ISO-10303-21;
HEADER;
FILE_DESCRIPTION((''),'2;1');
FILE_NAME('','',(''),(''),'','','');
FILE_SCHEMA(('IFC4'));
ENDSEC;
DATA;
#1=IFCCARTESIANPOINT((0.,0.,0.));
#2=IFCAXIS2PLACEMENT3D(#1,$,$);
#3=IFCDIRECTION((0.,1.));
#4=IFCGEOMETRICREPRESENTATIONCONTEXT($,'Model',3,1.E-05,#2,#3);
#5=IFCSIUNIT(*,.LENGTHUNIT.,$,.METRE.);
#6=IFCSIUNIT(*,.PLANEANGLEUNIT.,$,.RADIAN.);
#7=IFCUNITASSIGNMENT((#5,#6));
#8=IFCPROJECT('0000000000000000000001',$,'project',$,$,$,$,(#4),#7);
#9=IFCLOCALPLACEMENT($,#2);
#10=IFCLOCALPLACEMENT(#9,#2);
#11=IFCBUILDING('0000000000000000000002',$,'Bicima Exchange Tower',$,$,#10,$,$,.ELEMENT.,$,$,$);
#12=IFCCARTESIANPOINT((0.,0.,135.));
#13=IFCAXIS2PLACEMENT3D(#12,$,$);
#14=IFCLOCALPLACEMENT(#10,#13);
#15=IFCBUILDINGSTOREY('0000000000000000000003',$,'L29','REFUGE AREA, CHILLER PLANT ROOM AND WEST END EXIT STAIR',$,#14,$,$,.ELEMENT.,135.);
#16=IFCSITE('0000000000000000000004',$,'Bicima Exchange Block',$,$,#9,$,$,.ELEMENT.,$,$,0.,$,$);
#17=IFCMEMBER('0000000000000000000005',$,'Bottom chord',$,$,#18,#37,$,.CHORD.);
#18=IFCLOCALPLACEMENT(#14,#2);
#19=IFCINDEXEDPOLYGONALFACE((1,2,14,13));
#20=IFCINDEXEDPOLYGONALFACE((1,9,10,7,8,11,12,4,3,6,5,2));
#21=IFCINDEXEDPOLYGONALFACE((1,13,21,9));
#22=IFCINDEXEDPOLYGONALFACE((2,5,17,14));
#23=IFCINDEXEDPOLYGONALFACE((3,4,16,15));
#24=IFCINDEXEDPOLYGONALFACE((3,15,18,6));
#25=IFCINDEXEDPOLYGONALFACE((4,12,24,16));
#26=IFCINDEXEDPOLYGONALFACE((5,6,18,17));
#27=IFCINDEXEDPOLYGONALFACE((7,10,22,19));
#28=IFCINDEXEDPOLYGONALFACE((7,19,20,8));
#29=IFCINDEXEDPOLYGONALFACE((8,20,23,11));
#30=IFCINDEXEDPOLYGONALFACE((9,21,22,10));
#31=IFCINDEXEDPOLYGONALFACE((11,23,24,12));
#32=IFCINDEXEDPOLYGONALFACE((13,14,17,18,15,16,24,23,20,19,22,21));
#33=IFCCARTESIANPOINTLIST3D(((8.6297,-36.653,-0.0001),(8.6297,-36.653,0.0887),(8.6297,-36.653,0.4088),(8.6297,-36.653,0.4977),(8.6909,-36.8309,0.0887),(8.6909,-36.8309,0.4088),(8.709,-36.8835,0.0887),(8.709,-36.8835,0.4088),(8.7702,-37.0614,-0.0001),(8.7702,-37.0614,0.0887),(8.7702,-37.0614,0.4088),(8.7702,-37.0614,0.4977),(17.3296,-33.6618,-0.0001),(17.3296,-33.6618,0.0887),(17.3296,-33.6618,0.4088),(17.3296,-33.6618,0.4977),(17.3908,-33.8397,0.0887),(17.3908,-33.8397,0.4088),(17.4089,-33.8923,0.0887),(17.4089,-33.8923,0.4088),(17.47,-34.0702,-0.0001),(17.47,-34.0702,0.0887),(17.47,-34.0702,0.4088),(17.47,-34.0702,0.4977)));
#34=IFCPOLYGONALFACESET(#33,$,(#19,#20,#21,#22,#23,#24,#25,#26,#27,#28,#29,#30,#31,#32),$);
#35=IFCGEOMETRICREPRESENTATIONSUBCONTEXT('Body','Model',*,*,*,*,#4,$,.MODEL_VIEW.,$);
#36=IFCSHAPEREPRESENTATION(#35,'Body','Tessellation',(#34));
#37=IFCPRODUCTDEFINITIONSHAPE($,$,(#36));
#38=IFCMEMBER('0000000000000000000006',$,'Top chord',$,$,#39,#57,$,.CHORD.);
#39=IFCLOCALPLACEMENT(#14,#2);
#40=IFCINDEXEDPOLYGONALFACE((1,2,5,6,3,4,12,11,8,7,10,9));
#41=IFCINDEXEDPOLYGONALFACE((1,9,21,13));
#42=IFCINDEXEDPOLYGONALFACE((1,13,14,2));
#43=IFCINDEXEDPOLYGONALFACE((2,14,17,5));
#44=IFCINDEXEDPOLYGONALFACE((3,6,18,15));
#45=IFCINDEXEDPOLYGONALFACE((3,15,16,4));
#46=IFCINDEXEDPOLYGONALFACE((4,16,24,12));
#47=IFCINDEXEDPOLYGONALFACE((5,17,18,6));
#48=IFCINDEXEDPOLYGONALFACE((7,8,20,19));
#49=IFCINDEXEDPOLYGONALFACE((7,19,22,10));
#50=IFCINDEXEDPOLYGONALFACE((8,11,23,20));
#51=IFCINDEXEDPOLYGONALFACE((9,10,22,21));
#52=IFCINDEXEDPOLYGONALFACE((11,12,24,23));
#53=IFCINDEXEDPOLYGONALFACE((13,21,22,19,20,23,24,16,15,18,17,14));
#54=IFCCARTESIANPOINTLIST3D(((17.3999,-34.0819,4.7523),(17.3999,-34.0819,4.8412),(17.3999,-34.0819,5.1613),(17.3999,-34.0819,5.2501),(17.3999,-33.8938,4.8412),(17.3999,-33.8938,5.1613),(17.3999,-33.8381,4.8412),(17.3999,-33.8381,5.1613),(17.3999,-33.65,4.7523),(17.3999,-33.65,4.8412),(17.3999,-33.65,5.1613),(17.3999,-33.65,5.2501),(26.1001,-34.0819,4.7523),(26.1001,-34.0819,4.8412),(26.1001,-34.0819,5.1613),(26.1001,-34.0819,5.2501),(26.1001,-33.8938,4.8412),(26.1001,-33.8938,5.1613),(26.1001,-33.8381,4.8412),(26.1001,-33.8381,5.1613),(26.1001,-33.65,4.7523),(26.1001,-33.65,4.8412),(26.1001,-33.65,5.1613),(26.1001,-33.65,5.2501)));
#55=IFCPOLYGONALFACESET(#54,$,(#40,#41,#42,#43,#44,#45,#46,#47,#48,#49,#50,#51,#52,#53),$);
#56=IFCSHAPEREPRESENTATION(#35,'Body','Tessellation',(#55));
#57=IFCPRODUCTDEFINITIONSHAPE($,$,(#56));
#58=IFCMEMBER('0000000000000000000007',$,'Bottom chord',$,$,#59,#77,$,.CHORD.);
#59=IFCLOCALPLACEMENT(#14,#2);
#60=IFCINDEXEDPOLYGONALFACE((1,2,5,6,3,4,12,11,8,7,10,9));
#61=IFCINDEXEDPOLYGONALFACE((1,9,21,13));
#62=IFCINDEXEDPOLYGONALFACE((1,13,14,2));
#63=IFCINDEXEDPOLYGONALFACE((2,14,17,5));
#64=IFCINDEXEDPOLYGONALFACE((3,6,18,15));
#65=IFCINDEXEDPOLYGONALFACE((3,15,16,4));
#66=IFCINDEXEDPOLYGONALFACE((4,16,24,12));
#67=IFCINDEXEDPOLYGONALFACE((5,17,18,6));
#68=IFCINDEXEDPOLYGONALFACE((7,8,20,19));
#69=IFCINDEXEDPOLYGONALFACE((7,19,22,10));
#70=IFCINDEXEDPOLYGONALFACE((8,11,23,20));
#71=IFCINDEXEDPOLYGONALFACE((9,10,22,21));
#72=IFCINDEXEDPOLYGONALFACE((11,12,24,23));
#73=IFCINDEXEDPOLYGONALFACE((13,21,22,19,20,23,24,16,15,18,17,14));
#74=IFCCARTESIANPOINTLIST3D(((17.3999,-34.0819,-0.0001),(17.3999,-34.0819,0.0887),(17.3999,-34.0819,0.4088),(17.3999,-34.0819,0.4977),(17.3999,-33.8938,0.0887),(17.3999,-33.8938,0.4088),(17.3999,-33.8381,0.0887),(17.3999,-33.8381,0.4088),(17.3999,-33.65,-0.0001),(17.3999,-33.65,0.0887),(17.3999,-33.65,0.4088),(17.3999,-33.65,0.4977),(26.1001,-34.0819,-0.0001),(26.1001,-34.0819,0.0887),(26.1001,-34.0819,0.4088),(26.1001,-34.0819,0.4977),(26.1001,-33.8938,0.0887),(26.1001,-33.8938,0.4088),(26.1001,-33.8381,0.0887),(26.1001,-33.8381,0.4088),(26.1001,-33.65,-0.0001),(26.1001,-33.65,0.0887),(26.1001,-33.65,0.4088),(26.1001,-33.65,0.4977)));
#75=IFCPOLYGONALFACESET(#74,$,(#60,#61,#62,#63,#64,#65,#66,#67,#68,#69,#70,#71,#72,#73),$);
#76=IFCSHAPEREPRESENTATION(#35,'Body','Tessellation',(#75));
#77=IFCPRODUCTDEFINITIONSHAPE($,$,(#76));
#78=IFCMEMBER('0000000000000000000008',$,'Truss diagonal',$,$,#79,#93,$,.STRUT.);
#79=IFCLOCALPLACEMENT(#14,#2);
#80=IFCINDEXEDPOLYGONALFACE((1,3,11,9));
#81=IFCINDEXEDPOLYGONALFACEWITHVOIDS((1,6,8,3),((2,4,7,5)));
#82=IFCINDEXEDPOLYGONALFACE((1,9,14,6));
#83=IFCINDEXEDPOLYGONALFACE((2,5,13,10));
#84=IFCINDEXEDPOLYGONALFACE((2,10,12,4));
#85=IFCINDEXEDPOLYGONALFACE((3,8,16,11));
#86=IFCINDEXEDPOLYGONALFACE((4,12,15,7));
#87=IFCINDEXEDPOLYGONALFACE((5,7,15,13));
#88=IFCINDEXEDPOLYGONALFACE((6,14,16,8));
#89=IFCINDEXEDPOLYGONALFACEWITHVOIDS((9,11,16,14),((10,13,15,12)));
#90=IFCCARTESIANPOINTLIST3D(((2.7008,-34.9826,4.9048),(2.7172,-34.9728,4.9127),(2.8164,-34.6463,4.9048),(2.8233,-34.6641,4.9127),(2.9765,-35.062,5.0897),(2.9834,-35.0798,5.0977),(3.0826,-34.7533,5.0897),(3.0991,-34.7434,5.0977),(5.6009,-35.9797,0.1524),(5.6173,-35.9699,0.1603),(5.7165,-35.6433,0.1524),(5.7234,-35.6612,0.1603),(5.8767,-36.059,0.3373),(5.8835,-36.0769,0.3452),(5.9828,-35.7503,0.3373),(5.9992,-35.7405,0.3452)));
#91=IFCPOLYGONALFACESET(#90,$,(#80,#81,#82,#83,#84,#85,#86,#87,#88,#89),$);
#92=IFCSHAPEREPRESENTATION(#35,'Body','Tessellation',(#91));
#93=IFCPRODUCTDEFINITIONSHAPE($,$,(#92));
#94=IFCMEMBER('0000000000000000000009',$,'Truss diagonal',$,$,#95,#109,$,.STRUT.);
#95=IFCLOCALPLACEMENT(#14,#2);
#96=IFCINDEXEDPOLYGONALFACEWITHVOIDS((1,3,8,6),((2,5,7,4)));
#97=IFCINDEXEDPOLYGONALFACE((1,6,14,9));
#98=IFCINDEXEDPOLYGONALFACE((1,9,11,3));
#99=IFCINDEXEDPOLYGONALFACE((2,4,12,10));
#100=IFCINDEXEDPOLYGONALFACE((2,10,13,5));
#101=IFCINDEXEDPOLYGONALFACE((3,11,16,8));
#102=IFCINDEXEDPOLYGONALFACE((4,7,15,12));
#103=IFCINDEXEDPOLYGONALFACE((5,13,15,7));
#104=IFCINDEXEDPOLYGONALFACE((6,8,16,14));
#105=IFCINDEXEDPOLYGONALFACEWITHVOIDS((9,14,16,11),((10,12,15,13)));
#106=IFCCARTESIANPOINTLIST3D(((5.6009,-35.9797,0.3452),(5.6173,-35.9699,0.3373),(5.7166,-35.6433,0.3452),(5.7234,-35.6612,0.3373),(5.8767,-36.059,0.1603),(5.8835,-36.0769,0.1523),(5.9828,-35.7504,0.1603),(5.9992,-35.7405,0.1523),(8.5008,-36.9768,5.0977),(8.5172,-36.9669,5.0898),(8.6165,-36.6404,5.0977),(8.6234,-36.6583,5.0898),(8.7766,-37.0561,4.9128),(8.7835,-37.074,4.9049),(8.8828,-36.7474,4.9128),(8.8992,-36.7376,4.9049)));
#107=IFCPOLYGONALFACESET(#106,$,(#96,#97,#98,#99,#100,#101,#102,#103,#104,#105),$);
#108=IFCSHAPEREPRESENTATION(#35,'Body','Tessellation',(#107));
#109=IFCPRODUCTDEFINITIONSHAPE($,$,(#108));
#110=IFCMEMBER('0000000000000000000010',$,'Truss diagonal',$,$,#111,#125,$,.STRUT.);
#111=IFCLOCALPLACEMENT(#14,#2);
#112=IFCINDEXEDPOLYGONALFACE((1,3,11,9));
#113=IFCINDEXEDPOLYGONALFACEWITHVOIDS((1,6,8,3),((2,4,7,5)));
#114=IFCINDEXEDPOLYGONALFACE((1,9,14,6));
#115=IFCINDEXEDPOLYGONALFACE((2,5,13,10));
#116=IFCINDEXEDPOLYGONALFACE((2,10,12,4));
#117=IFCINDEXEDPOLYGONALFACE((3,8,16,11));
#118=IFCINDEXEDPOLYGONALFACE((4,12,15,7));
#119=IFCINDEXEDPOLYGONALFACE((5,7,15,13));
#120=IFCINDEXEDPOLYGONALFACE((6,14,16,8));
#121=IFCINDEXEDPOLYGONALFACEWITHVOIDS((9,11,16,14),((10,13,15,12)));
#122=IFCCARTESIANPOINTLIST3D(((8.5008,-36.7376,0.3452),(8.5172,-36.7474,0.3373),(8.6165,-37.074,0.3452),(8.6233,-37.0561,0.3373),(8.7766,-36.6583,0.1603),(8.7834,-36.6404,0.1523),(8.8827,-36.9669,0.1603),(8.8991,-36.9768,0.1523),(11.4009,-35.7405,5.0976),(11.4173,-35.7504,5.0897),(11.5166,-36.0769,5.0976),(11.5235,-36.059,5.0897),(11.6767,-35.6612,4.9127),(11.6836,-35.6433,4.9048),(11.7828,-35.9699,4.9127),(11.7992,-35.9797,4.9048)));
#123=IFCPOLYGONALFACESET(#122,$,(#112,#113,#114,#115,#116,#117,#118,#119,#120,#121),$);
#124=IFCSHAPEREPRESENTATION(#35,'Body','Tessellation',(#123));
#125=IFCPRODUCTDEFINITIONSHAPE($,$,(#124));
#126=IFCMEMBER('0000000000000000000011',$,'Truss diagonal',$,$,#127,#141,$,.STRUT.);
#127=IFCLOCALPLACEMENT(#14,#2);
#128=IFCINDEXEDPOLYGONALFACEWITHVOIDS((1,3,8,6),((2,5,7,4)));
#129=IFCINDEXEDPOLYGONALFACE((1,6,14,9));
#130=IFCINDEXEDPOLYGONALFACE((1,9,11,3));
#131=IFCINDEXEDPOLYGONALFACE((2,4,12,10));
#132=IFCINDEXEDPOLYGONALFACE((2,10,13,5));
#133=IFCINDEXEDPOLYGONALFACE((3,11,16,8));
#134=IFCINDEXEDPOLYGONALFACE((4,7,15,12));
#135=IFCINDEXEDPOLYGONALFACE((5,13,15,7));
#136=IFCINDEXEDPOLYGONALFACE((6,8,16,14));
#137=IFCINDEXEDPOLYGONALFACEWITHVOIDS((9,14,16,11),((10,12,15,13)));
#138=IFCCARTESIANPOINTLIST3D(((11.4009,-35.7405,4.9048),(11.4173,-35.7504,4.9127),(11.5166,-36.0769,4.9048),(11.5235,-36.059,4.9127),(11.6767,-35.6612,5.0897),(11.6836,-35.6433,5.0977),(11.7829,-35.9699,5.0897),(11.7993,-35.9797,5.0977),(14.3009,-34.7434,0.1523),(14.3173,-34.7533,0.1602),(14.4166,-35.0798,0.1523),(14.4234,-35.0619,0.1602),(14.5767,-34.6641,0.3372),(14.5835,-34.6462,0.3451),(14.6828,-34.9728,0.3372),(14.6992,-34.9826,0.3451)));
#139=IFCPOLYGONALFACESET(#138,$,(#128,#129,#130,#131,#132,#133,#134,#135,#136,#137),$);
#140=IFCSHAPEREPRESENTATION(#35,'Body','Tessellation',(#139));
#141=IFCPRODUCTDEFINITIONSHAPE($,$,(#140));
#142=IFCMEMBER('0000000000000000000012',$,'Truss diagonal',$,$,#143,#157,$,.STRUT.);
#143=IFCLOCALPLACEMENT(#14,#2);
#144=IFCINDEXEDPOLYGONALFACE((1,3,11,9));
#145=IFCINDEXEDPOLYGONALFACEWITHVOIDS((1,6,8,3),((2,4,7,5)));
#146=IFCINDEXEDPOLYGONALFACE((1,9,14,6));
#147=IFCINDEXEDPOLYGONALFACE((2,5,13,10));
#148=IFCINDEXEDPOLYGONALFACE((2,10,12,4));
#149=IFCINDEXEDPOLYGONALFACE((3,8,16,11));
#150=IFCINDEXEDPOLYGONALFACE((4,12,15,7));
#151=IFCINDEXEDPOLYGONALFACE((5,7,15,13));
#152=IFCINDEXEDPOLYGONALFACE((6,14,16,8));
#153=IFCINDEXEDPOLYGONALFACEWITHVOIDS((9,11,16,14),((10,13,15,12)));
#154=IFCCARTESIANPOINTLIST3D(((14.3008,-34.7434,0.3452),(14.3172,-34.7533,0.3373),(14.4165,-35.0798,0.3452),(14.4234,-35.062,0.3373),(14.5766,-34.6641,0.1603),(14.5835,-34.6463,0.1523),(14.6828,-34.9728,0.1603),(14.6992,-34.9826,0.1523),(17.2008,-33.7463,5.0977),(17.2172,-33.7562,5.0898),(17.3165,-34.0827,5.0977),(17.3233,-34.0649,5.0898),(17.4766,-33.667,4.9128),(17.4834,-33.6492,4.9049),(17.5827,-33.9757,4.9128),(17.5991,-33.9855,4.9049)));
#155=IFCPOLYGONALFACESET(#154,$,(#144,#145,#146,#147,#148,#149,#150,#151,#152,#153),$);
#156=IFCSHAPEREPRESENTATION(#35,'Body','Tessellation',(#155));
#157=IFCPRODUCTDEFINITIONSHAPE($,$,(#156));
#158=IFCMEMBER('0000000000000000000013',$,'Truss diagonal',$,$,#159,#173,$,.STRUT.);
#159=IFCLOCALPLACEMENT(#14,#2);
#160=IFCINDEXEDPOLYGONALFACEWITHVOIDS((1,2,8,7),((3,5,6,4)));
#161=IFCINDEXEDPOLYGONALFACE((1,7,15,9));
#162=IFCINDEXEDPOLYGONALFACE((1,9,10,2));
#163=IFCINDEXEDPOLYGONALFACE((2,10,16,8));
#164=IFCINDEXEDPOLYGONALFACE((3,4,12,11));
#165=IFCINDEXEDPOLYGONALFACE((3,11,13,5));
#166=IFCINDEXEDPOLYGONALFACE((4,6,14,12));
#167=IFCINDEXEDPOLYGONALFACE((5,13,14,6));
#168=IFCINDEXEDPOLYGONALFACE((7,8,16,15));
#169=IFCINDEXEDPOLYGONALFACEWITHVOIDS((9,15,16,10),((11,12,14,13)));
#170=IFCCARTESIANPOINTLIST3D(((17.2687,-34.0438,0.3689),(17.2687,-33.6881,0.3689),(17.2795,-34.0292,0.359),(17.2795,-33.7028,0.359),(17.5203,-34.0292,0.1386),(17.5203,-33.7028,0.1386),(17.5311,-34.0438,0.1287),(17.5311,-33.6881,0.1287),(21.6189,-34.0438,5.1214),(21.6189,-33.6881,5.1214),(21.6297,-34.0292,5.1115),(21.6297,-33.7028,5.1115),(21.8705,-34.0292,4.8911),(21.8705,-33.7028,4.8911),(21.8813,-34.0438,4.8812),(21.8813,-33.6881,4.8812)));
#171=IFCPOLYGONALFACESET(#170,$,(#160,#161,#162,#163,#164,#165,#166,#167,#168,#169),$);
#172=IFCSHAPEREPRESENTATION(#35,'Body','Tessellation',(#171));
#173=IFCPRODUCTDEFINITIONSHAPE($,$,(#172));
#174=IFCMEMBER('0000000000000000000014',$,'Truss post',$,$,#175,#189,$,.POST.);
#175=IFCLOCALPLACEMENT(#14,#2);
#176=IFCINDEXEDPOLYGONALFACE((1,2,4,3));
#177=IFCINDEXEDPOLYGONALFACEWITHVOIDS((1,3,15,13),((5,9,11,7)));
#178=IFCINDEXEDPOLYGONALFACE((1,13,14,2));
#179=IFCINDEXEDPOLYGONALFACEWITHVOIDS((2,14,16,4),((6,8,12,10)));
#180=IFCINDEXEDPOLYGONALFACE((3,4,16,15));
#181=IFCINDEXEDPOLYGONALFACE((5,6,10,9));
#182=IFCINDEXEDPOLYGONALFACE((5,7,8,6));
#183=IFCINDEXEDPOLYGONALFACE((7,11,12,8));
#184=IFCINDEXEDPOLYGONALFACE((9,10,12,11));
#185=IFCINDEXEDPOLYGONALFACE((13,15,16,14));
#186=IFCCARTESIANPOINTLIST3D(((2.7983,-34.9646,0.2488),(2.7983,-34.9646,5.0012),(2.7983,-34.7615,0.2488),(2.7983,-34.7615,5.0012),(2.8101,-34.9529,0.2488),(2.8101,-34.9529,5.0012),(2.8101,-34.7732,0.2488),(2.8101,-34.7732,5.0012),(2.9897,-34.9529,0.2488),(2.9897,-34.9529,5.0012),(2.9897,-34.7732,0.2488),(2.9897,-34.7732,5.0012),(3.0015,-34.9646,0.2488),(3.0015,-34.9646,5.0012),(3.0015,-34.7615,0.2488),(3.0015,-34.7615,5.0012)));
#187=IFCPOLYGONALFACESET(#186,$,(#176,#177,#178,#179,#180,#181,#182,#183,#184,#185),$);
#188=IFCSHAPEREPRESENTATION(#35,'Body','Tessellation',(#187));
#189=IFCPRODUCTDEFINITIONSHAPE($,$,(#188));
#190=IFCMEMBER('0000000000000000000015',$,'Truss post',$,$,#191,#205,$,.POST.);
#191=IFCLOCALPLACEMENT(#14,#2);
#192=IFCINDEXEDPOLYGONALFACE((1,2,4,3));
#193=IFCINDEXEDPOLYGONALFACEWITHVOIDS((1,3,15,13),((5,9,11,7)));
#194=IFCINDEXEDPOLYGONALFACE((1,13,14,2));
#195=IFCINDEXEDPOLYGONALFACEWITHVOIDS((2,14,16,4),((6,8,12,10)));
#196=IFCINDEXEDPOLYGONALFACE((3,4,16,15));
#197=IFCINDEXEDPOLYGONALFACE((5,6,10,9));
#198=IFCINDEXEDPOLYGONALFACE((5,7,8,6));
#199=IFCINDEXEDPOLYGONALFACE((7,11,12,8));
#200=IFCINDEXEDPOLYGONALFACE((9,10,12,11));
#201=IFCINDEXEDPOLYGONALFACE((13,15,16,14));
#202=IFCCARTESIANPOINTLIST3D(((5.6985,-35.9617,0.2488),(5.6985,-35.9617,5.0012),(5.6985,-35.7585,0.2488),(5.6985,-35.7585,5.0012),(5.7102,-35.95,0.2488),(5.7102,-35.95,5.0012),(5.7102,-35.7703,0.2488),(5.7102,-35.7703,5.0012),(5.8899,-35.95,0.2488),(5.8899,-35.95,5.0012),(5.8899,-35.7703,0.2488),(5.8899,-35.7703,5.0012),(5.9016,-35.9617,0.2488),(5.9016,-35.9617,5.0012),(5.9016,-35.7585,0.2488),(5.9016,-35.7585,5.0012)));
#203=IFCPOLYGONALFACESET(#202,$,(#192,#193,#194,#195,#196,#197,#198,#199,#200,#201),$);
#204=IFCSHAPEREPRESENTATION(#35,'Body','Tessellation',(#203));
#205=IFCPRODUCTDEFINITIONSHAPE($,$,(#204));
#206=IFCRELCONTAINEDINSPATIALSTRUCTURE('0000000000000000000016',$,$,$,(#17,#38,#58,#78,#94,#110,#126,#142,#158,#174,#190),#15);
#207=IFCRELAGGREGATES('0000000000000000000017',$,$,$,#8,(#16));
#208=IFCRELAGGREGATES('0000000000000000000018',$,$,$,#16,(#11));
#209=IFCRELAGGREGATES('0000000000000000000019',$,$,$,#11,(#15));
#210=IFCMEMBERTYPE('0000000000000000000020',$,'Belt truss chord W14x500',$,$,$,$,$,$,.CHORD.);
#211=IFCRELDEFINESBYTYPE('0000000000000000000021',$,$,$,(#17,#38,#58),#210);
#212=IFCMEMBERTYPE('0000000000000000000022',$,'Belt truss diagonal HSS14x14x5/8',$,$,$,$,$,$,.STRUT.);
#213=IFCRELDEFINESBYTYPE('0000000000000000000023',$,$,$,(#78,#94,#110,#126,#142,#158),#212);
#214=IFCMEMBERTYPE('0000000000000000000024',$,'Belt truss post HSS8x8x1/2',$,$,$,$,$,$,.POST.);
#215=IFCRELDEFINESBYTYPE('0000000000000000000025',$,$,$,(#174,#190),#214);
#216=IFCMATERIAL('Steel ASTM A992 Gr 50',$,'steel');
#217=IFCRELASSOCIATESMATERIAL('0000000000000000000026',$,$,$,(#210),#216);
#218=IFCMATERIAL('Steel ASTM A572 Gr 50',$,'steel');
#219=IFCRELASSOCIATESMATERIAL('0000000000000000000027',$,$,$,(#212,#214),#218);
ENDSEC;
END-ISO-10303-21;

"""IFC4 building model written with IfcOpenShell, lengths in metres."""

from ifc_helpers import new_model, si_unit, direction, frame, origin, origin_2d, place, context, subcontext, project, spatial, hollow_rectangle, i_section, extrude, material, material_profile, profile_set, type_object, element, save


model = new_model("IFC4")

# Units and contexts
model_context = context("Model", 3, precision=1e-05, world=origin(), true_north=direction((0.0, 1.0)))
body_context = subcontext(model_context, "Body", "Model", "MODEL_VIEW")
ifc_project = project(units=[si_unit("LENGTHUNIT", "METRE"), si_unit("PLANEANGLEUNIT", "RADIAN")], contexts=[model_context])

# Site, building, storey
site_placement = place(None, origin())
site = spatial("IfcSite", under=ifc_project, at=site_placement, Name="Bicima Exchange Block", CompositionType="ELEMENT", RefElevation=0.0)
building_placement = place(site_placement, origin())
building = spatial("IfcBuilding", under=site, at=building_placement, Name="Bicima Exchange Tower", CompositionType="ELEMENT")
storey_placement = place(building_placement, frame((0.0, 0.0, 135.0)))
storey = spatial("IfcBuildingStorey", under=building, at=storey_placement, Name="L29", Description="REFUGE AREA, CHILLER PLANT ROOM AND WEST END EXIT STAIR", CompositionType="ELEMENT", Elevation=135.0)

# Shared definitions
ifc_material_1 = material(Name="Steel ASTM A992 Gr 50", Category="steel")

# Members
ifc_material_profile_1 = material_profile(ifc_material_1, i_section(OverallWidth=0.4319, OverallDepth=0.4978, WebThickness=0.0557, FlangeThickness=0.0889, at=origin_2d()))
ifc_profile_set_1 = profile_set([ifc_material_profile_1], Name="Steel ASTM A992 Gr 50")
member_type_1 = type_object("IfcMemberType", Name="Belt truss chord W14x500", PredefinedType="CHORD", material=ifc_profile_set_1)
for number, where, z_axis, x_axis, name in (
    (1, (8.7, -36.8572, 0.2488), (0.945666, 0.325138, 0.0), (-0.325138, 0.945666, 0.0), "Bottom chord"),
):
    element("IfcMember", number, at=place(storey_placement, frame(where, z_axis=z_axis, x_axis=x_axis)), inside=storey, type_object=member_type_1, Name=name, PredefinedType="CHORD", context=body_context, shape_type="SweptSolid", body=[
        extrude(i_section(OverallWidth=0.4319, OverallDepth=0.4978, WebThickness=0.0557, FlangeThickness=0.0889, at=origin_2d()), origin(), (0.0, 0.0, 1.0), 9.1997),
    ])
for number, where, z_axis, x_axis, name in (
    (2, (17.3999, -33.866, 5.0012), (1.0, 0.0, 0.0), (0.0, 1.0, 0.0), "Top chord"),
    (3, (17.3999, -33.866, 0.2488), (1.0, 0.0, 0.0), (0.0, 1.0, 0.0), "Bottom chord"),
):
    element("IfcMember", number, at=place(storey_placement, frame(where, z_axis=z_axis, x_axis=x_axis)), inside=storey, type_object=member_type_1, Name=name, PredefinedType="CHORD", context=body_context, shape_type="SweptSolid", body=[
        extrude(i_section(OverallWidth=0.4319, OverallDepth=0.4978, WebThickness=0.0557, FlangeThickness=0.0889, at=origin_2d()), origin(), (0.0, 0.0, 1.0), 8.7002),
    ])
ifc_material_2 = material(Name="Steel ASTM A572 Gr 50", Category="steel")
ifc_material_profile_2 = material_profile(ifc_material_2, hollow_rectangle(XDim=0.3557, YDim=0.3557, WallThickness=0.0146, at=origin_2d()))
ifc_profile_set_2 = profile_set([ifc_material_profile_2], Name="Steel ASTM A572 Gr 50")
member_type_2 = type_object("IfcMemberType", Name="Belt truss diagonal HSS14x14x5/8", PredefinedType="STRUT", material=ifc_profile_set_2)
for number, where, z_axis, x_axis, name in (
    (4, (2.8999, -34.863, 5.0012), (0.512753, -0.176284, -0.840243), (0.325122, 0.945672, 0.0), "Truss diagonal"),
    (5, (5.8, -35.8601, 0.2488), (0.512721, -0.176288, 0.840262), (0.325147, 0.945664, 0.0), "Truss diagonal"),
    (6, (8.7, -36.8572, 0.2488), (0.512753, 0.176284, 0.840243), (-0.325122, 0.945672, 0.0), "Truss diagonal"),
    (7, (11.6001, -35.8601, 5.0012), (0.512721, 0.176288, -0.840262), (-0.325147, 0.945664, 0.0), "Truss diagonal"),
    (8, (14.5, -34.863, 0.2488), (0.512721, 0.176288, 0.840262), (-0.325147, 0.945664, 0.0), "Truss diagonal"),
):
    element("IfcMember", number, at=place(storey_placement, frame(where, z_axis=z_axis, x_axis=x_axis)), inside=storey, type_object=member_type_2, Name=name, PredefinedType="STRUT", context=body_context, shape_type="SweptSolid", body=[
        extrude(hollow_rectangle(XDim=0.3557, YDim=0.3557, WallThickness=0.0146, at=origin_2d()), origin(), (0.0, 0.0, 1.0), 5.656),
    ])
member_1_placement = place(storey_placement, frame((17.3999, -33.866, 0.2488), z_axis=(0.675193, 0.0, 0.737642), x_axis=(0.0, 1.0, 0.0)))
element("IfcMember", 9, at=member_1_placement, inside=storey, type_object=member_type_2, Name="Truss diagonal", PredefinedType="STRUT", context=body_context, shape_type="SweptSolid", body=[
    extrude(hollow_rectangle(XDim=0.3557, YDim=0.3557, WallThickness=0.0146, at=origin_2d()), origin(), (0.0, 0.0, 1.0), 6.4429),
])
ifc_material_profile_3 = material_profile(ifc_material_2, hollow_rectangle(XDim=0.2031, YDim=0.2031, WallThickness=0.0117, at=origin_2d()))
ifc_profile_set_3 = profile_set([ifc_material_profile_3], Name="Steel ASTM A572 Gr 50")
member_type_3 = type_object("IfcMemberType", Name="Belt truss post HSS8x8x1/2", PredefinedType="POST", material=ifc_profile_set_3)
for number, where, z_axis, x_axis, name in (
    (10, (2.8999, -34.863, 0.2488), (0.0, 0.0, 1.0), (1.0, 0.0, 0.0), "Truss post"),
    (11, (5.8, -35.8601, 0.2488), (0.0, 0.0, 1.0), (1.0, 0.0, 0.0), "Truss post"),
):
    element("IfcMember", number, at=place(storey_placement, frame(where, z_axis=z_axis, x_axis=x_axis)), inside=storey, type_object=member_type_3, Name=name, PredefinedType="POST", context=body_context, shape_type="SweptSolid", body=[
        extrude(hollow_rectangle(XDim=0.2031, YDim=0.2031, WallThickness=0.0117, at=origin_2d()), origin(), (0.0, 0.0, 1.0), 4.7524),
    ])

save(model, "model.ifc")
